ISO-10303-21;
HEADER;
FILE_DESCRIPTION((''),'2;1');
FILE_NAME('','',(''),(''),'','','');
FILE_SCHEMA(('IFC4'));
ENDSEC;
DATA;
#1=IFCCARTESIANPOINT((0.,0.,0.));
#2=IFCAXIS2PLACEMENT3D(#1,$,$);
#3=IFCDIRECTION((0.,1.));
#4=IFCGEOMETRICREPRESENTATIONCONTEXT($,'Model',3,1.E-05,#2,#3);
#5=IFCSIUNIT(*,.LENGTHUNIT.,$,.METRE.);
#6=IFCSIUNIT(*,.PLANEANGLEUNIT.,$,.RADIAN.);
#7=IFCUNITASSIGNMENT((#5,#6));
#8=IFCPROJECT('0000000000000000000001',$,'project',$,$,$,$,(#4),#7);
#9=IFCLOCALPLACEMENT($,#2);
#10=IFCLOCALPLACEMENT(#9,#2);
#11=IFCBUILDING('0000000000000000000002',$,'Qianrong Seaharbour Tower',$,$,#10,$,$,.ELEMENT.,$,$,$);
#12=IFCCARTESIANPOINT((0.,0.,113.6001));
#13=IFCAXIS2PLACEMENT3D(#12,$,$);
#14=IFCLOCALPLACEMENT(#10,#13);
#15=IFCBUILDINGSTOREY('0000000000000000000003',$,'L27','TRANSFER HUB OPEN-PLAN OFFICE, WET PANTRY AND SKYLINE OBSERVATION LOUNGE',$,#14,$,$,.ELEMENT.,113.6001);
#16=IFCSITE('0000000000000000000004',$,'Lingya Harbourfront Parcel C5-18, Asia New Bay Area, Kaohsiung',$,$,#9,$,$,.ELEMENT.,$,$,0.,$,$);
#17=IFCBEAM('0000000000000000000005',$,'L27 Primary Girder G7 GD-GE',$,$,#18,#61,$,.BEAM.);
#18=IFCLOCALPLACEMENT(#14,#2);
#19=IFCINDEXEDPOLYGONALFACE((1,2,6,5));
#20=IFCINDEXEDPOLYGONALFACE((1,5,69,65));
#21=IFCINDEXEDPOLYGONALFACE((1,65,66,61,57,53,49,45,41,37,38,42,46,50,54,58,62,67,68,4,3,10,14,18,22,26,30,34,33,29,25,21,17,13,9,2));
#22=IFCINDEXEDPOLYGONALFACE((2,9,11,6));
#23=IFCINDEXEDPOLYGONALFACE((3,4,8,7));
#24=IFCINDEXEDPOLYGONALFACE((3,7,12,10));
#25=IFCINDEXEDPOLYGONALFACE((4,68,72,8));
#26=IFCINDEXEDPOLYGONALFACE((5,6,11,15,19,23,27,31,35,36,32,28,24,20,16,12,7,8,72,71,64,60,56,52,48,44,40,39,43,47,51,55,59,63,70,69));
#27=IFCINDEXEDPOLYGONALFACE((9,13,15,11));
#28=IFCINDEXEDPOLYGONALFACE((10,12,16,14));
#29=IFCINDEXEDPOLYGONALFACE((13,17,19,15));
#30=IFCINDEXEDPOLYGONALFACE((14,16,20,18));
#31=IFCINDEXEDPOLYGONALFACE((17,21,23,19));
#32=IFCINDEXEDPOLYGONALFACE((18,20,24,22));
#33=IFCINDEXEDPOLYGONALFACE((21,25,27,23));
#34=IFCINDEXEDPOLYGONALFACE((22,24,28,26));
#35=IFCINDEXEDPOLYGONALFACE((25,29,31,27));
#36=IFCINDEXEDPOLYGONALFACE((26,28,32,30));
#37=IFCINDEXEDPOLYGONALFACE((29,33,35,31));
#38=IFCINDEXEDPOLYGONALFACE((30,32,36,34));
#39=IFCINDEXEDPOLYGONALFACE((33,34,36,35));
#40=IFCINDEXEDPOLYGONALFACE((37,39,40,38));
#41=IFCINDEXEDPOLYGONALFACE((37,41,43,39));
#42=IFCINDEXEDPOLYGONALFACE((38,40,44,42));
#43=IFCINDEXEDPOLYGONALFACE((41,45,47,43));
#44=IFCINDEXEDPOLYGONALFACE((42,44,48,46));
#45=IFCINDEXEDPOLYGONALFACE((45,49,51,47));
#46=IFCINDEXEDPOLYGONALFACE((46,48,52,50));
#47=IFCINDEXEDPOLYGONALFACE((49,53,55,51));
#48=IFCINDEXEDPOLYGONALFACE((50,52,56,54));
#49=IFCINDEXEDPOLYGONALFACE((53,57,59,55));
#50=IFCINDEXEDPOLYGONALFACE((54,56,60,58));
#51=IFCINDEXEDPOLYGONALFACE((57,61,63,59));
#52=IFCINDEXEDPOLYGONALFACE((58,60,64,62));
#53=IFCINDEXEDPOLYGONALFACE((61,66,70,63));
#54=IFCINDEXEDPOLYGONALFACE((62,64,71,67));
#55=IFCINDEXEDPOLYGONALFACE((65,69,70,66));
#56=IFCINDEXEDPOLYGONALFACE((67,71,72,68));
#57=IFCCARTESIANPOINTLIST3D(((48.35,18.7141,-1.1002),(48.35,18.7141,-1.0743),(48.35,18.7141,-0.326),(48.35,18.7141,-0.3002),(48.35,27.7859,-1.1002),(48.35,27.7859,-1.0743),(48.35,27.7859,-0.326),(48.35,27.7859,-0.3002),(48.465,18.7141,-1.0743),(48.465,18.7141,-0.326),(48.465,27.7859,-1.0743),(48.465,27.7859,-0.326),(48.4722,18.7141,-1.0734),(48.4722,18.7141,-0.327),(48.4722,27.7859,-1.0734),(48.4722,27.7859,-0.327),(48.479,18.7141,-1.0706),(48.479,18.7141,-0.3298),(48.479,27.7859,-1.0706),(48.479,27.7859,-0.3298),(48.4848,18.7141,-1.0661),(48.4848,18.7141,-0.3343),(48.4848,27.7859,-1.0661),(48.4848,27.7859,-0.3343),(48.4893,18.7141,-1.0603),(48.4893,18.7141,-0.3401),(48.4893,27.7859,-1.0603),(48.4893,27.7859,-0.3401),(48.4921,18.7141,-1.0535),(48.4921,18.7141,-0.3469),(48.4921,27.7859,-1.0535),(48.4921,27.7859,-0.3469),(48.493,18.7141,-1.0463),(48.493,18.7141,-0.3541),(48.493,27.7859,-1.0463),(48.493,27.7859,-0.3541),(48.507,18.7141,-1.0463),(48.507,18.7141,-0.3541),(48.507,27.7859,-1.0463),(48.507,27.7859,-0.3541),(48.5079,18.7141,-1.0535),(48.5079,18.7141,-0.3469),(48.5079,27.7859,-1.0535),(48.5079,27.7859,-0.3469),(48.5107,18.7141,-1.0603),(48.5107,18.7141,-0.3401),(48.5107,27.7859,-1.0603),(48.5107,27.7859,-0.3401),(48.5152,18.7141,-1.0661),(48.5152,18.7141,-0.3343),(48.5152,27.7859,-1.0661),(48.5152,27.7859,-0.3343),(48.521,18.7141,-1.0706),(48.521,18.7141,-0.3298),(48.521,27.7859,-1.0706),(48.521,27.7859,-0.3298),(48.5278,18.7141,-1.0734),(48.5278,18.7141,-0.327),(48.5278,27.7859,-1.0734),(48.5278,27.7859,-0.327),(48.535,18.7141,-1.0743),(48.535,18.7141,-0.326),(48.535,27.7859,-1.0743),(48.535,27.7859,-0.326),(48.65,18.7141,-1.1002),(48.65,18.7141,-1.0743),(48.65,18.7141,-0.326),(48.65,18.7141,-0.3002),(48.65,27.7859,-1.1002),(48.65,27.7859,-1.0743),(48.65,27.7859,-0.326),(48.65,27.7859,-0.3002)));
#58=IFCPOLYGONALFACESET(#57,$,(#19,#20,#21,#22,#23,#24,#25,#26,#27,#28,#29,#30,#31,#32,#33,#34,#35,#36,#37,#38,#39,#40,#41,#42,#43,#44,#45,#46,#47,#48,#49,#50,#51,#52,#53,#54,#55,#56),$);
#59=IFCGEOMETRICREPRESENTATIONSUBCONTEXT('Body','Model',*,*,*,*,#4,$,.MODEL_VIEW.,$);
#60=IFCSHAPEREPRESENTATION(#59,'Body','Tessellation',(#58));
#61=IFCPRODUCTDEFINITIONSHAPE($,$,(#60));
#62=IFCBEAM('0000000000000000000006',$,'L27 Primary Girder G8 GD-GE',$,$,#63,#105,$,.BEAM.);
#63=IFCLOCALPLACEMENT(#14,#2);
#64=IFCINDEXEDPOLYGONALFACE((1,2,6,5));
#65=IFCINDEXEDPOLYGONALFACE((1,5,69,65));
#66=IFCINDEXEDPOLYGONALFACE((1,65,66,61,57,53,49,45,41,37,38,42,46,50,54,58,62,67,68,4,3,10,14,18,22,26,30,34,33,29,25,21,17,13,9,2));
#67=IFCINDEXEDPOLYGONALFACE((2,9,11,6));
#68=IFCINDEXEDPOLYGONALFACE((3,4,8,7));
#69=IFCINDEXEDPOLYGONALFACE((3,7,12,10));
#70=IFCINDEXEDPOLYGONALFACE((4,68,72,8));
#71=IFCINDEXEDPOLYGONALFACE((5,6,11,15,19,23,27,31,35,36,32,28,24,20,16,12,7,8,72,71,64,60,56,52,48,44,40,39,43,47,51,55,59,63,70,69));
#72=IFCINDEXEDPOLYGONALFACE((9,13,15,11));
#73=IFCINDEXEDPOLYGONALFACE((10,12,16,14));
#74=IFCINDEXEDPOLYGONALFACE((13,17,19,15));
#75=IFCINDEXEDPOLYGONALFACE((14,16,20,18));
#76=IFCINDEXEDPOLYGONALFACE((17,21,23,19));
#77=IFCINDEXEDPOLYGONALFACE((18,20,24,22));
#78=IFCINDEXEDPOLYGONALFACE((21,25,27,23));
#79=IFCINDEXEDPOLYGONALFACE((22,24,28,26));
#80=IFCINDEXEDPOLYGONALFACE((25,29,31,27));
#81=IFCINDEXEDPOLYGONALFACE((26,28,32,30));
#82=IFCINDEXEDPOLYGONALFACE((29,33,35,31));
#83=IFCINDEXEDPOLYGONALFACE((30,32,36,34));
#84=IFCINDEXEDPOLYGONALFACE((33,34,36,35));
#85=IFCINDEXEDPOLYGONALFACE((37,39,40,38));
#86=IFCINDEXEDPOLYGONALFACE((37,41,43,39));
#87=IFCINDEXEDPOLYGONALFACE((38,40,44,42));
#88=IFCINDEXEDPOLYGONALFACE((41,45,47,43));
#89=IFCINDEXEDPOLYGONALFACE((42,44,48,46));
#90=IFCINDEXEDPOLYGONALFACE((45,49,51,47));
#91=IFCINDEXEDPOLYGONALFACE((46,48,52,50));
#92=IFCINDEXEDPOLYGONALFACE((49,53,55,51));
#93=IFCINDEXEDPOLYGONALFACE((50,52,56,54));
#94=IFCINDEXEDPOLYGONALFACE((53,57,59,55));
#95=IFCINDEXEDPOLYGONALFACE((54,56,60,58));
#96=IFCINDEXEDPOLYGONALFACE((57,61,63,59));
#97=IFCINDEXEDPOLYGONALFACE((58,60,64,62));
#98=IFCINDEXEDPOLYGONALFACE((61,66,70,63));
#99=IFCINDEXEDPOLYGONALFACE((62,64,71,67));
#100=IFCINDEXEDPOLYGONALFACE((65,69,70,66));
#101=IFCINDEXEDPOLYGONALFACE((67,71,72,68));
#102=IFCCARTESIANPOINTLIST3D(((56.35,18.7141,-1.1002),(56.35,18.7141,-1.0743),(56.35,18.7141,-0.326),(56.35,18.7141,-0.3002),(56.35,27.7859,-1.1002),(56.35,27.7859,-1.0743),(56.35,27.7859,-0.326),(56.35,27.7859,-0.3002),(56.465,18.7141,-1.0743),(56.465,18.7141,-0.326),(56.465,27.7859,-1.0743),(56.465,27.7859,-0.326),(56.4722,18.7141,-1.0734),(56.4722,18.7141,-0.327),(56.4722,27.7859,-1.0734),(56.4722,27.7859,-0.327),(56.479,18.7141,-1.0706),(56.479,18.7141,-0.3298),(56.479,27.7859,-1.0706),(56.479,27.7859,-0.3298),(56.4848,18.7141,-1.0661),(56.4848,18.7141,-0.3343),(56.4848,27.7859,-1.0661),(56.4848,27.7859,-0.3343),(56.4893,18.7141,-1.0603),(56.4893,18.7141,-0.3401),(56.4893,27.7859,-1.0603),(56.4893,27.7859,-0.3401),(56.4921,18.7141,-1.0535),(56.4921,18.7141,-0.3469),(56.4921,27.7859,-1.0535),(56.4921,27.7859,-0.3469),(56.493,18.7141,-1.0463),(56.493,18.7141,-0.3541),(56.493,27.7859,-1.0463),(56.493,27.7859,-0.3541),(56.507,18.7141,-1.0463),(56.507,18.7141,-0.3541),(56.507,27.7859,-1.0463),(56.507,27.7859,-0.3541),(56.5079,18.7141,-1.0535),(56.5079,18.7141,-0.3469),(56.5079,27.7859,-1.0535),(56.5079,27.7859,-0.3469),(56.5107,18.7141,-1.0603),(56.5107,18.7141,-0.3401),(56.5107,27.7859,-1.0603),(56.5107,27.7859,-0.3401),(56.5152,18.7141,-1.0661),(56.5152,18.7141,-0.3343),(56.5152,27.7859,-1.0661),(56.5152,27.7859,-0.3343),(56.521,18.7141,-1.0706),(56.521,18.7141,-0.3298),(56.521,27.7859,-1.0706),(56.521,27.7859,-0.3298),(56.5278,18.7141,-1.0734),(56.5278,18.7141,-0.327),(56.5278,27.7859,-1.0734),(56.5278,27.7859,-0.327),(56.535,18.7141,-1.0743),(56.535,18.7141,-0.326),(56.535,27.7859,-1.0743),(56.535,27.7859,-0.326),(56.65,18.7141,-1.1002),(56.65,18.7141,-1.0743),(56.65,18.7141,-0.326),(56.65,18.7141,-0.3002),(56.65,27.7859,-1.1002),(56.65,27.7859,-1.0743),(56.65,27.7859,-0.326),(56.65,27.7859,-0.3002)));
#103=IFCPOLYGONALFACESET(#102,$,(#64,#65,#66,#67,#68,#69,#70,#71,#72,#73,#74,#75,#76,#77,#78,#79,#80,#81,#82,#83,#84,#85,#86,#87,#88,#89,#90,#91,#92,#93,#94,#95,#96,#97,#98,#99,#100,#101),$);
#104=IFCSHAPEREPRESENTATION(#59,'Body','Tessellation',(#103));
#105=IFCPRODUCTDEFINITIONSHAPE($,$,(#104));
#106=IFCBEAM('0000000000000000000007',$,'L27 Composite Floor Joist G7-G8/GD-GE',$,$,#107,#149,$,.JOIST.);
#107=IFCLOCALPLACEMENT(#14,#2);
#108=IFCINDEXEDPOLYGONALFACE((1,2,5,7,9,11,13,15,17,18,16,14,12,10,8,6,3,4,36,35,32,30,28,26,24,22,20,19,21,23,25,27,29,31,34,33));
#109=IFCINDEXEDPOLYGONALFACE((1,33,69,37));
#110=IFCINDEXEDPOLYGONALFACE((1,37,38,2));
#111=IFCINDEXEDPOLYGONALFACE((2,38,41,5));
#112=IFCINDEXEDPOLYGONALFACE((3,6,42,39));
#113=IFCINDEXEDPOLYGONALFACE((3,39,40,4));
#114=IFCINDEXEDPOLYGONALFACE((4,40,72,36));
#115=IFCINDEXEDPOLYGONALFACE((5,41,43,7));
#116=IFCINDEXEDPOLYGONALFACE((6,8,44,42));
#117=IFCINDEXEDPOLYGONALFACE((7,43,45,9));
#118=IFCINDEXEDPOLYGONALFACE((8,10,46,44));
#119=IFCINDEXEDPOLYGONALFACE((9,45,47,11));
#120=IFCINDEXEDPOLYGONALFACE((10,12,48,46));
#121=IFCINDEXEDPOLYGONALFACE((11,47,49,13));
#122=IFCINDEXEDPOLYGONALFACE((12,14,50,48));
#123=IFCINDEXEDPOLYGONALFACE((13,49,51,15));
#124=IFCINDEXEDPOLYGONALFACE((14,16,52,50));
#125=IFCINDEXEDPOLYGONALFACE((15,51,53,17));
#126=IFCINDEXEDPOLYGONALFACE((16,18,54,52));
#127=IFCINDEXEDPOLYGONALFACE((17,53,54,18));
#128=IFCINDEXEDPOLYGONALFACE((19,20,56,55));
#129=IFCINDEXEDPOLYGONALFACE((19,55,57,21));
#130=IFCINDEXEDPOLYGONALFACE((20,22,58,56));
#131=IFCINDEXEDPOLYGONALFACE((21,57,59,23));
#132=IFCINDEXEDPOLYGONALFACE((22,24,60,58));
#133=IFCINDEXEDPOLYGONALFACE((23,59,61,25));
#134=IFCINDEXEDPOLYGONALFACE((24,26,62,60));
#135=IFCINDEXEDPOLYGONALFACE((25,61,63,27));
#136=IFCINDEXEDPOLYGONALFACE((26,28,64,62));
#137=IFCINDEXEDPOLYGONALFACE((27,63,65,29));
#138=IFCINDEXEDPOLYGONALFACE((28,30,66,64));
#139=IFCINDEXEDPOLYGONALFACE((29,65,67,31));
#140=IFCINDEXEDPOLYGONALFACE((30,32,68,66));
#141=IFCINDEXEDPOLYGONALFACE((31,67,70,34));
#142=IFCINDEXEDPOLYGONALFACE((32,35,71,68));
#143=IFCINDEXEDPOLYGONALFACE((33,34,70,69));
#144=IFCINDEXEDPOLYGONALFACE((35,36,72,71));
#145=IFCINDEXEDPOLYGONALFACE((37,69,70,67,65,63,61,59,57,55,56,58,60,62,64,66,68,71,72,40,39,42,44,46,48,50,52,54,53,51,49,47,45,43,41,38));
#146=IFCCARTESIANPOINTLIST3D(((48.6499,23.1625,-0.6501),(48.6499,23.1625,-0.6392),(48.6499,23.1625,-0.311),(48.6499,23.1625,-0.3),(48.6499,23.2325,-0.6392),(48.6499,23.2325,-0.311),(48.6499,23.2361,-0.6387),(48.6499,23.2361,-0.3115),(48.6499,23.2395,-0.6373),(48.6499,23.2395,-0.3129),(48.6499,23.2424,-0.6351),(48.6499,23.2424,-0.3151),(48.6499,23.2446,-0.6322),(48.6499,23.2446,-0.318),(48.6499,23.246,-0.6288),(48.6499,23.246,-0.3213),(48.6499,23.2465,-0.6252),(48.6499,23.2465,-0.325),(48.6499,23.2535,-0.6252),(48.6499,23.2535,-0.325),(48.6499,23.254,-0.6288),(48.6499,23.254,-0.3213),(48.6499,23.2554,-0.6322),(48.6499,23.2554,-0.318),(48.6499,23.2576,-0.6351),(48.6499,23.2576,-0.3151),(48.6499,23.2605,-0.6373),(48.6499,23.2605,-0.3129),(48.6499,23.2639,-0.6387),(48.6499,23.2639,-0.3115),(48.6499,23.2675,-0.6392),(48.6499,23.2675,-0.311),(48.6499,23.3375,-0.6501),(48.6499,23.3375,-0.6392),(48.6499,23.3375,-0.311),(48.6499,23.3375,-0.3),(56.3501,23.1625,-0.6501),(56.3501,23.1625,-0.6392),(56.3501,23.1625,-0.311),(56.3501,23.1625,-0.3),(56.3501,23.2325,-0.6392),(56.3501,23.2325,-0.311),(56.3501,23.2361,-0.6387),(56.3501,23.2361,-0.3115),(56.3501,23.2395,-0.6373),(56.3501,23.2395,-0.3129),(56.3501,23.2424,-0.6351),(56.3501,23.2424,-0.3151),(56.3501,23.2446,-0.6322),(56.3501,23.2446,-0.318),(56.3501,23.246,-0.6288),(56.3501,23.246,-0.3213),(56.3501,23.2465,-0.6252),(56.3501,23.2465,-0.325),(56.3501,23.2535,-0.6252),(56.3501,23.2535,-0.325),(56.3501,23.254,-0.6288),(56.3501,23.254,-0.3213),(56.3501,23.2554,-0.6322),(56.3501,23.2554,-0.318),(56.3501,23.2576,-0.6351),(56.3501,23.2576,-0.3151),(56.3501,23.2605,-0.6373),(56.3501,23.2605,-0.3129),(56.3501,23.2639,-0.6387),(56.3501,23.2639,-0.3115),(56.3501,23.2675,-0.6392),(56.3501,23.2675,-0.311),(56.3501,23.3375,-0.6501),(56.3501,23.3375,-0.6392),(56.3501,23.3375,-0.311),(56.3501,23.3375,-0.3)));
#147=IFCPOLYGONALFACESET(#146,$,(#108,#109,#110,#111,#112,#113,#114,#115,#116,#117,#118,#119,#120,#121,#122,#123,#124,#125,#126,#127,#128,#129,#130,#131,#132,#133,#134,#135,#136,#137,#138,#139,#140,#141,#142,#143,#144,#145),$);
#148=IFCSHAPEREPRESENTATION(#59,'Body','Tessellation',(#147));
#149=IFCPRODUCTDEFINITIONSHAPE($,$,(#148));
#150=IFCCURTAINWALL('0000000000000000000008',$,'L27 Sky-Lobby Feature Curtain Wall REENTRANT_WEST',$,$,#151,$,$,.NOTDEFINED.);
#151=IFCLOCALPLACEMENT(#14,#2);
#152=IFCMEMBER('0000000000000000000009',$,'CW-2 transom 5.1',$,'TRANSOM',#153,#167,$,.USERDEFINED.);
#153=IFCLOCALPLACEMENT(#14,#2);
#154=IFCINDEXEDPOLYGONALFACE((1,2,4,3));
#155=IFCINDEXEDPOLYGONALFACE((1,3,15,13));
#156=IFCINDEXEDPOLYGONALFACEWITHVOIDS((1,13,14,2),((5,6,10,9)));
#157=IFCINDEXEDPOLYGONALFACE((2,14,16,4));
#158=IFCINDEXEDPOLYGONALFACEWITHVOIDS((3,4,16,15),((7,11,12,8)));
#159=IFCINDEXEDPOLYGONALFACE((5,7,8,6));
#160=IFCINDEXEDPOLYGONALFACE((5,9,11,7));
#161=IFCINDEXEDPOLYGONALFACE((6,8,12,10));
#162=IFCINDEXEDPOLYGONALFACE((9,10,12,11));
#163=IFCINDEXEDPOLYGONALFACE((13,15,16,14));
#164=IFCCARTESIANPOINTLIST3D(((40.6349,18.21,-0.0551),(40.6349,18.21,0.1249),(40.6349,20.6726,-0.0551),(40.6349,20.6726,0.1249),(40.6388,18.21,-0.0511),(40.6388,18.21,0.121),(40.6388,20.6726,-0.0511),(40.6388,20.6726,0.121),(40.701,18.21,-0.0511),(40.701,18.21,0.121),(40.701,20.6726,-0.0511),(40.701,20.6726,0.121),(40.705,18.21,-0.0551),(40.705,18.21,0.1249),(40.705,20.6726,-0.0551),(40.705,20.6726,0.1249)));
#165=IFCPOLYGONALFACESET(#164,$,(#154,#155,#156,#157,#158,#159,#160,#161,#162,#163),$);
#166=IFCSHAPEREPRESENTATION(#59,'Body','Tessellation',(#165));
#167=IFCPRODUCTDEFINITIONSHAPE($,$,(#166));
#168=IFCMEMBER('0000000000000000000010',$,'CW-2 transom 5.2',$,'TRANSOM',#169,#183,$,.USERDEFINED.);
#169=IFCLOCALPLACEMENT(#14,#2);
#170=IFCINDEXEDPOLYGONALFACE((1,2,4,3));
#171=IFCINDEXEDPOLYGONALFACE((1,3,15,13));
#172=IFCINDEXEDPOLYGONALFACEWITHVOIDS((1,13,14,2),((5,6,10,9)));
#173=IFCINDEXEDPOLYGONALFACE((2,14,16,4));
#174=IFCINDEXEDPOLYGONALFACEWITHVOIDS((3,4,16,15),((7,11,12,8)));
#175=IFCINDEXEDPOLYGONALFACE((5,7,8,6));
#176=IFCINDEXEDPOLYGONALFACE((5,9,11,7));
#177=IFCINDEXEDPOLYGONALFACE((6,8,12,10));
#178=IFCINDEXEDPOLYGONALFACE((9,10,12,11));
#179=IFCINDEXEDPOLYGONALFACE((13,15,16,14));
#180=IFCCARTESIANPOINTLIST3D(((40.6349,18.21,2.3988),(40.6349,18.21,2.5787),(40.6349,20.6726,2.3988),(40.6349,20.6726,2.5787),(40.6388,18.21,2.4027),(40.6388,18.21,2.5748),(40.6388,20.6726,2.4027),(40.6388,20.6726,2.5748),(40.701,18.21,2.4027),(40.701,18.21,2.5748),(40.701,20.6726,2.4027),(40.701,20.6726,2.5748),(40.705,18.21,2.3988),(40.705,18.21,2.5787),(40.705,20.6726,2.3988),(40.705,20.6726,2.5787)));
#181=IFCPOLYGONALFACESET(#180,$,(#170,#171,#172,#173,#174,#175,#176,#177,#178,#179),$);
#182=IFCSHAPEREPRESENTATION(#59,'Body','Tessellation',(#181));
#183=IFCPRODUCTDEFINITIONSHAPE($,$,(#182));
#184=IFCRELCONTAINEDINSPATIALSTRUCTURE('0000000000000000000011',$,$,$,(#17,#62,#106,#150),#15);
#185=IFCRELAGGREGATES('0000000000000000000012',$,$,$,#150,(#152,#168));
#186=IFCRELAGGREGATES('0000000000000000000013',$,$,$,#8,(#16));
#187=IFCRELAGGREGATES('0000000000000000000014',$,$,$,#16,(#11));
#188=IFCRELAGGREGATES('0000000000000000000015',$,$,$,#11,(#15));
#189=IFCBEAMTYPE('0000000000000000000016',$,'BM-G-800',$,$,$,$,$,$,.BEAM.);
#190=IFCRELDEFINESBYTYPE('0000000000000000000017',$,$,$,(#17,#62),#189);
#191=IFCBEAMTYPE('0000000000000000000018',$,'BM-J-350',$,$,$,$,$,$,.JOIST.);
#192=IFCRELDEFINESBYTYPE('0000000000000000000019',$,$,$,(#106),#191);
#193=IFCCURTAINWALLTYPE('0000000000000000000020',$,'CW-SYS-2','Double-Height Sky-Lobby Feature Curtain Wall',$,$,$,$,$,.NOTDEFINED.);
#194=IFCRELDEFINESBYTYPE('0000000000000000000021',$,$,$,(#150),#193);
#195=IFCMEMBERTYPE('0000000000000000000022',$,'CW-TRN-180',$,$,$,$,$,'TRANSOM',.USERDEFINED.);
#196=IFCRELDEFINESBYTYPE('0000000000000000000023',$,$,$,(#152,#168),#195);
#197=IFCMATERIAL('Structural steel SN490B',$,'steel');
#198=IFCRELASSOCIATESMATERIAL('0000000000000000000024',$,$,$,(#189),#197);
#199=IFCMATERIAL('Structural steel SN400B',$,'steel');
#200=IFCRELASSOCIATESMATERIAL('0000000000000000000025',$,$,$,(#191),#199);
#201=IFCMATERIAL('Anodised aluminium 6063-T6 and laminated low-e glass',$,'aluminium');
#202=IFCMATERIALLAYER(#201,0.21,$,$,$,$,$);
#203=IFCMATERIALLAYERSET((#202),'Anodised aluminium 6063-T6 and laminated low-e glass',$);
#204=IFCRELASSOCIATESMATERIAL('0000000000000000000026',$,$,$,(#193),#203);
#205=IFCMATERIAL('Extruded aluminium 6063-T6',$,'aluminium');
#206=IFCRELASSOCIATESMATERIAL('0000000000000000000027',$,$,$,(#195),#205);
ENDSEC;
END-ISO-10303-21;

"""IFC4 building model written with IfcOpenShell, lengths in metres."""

from ifc_helpers import new_model, si_unit, direction, frame, origin, origin_2d, place, context, subcontext, project, spatial, hollow_rectangle, i_section, extrude, material, layer, layer_set, material_profile, profile_set, type_object, element, aggregate, save


model = new_model("IFC4")

# Units and contexts
model_context = context("Model", 3, precision=1e-05, world=origin(), true_north=direction((0.0, 1.0)))
body_context = subcontext(model_context, "Body", "Model", "MODEL_VIEW")
ifc_project = project(units=[si_unit("LENGTHUNIT", "METRE"), si_unit("PLANEANGLEUNIT", "RADIAN")], contexts=[model_context])

# Site, building, storey
site_placement = place(None, origin())
site = spatial("IfcSite", under=ifc_project, at=site_placement, Name="Lingya Harbourfront Parcel C5-18, Asia New Bay Area, Kaohsiung", CompositionType="ELEMENT", RefElevation=0.0)
building_placement = place(site_placement, origin())
building = spatial("IfcBuilding", under=site, at=building_placement, Name="Qianrong Seaharbour Tower", CompositionType="ELEMENT")
storey_placement = place(building_placement, frame((0.0, 0.0, 113.6001)))
storey = spatial("IfcBuildingStorey", under=building, at=storey_placement, Name="L27", Description="TRANSFER HUB OPEN-PLAN OFFICE, WET PANTRY AND SKYLINE OBSERVATION LOUNGE", CompositionType="ELEMENT", Elevation=113.6001)

# Shared definitions
ifc_material_1 = material(Name="Structural steel SN490B", Category="steel")

# Beams
ifc_material_profile_1 = material_profile(ifc_material_1, i_section(OverallWidth=0.3, OverallDepth=0.8, WebThickness=0.0139, FlangeThickness=0.0259, FilletRadius=0.0281, at=origin_2d()), Name="H800x300x14x26")
ifc_profile_set_1 = profile_set([ifc_material_profile_1], Name="Structural steel SN490B")
beam_type_1 = type_object("IfcBeamType", Name="BM-G-800", PredefinedType="BEAM", material=ifc_profile_set_1)
for number, where, z_axis, x_axis, name in (
    (1, (48.5, 18.7141, -0.7002), (0.0, 1.0, 0.0), (-1.0, 0.0, 0.0), "L27 Primary Girder G7 GD-GE"),
    (2, (56.5, 18.7141, -0.7002), (0.0, 1.0, 0.0), (-1.0, 0.0, 0.0), "L27 Primary Girder G8 GD-GE"),
):
    element("IfcBeam", number, at=place(storey_placement, frame(where, z_axis=z_axis, x_axis=x_axis)), inside=storey, type_object=beam_type_1, Name=name, PredefinedType="BEAM", context=body_context, shape_type="SweptSolid", body=[
        extrude(i_section(OverallWidth=0.3, OverallDepth=0.8, WebThickness=0.0139, FlangeThickness=0.0259, FilletRadius=0.0281, at=origin_2d()), origin(), (0.0, 0.0, 1.0), 9.0718),
    ])
ifc_material_2 = material(Name="Structural steel SN400B", Category="steel")
ifc_material_profile_2 = material_profile(ifc_material_2, i_section(OverallWidth=0.175, OverallDepth=0.3501, WebThickness=0.0071, FlangeThickness=0.011, FilletRadius=0.0139, at=origin_2d()), Name="H350x175x7x11")
ifc_profile_set_2 = profile_set([ifc_material_profile_2], Name="Structural steel SN400B")
beam_type_2 = type_object("IfcBeamType", Name="BM-J-350", PredefinedType="JOIST", material=ifc_profile_set_2)
beam_1_placement = place(storey_placement, frame((48.6499, 23.25, -0.4751), z_axis=(1.0, 0.0, 0.0), x_axis=(0.0, 1.0, 0.0)))
element("IfcBeam", 3, at=beam_1_placement, inside=storey, type_object=beam_type_2, Name="L27 Composite Floor Joist G7-G8/GD-GE", PredefinedType="JOIST", context=body_context, shape_type="SweptSolid", body=[
    extrude(i_section(OverallWidth=0.175, OverallDepth=0.3501, WebThickness=0.0071, FlangeThickness=0.011, FilletRadius=0.0139, at=origin_2d()), origin(), (0.0, 0.0, 1.0), 7.7002),
])

# Curtain wall, members
ifc_material_3 = material(Name="Anodised aluminium 6063-T6 and laminated low-e glass", Category="aluminium")
ifc_layer_1 = layer(ifc_material_3, 0.21)
ifc_layer_set_1 = layer_set([ifc_layer_1], Name="Anodised aluminium 6063-T6 and laminated low-e glass")
curtain_wall_type = type_object("IfcCurtainWallType", Name="CW-SYS-2", Description="Double-Height Sky-Lobby Feature Curtain Wall", PredefinedType="NOTDEFINED", material=ifc_layer_set_1)
curtain_wall_placement = place(storey_placement, origin())
curtain_wall = element("IfcCurtainWall", 4, at=curtain_wall_placement, inside=storey, type_object=curtain_wall_type, Name="L27 Sky-Lobby Feature Curtain Wall REENTRANT_WEST", PredefinedType="NOTDEFINED")
ifc_material_4 = material(Name="Extruded aluminium 6063-T6", Category="aluminium")
ifc_material_profile_3 = material_profile(ifc_material_4, hollow_rectangle(XDim=0.0701, YDim=0.1799, WallThickness=0.0039, at=origin_2d()), Name="ALU-TRN-180x70x4")
ifc_profile_set_3 = profile_set([ifc_material_profile_3], Name="Extruded aluminium 6063-T6")
member_type = type_object("IfcMemberType", Name="CW-TRN-180", ElementType="TRANSOM", PredefinedType="USERDEFINED", material=ifc_profile_set_3)
member_1_placement = place(storey_placement, frame((40.6699, 18.21, 0.0349), z_axis=(0.0, 1.0, 0.0), x_axis=(-1.0, 0.0, 0.0)))
member_1 = element("IfcMember", 5, at=member_1_placement, type_object=member_type, Name="CW-2 transom 5.1", ObjectType="TRANSOM", PredefinedType="USERDEFINED", context=body_context, shape_type="SweptSolid", body=[
    extrude(hollow_rectangle(XDim=0.0701, YDim=0.1799, WallThickness=0.0039, at=origin_2d()), origin(), (0.0, 0.0, 1.0), 2.4626),
])
member_2_placement = place(storey_placement, frame((40.6699, 18.21, 2.4888), z_axis=(0.0, 1.0, 0.0), x_axis=(-1.0, 0.0, 0.0)))
member_2 = element("IfcMember", 6, at=member_2_placement, type_object=member_type, Name="CW-2 transom 5.2", ObjectType="TRANSOM", PredefinedType="USERDEFINED", context=body_context, shape_type="SweptSolid", body=[
    extrude(hollow_rectangle(XDim=0.0701, YDim=0.1799, WallThickness=0.0039, at=origin_2d()), origin(), (0.0, 0.0, 1.0), 2.4626),
])
aggregate(curtain_wall, [member_1, member_2])

save(model, "model.ifc")
